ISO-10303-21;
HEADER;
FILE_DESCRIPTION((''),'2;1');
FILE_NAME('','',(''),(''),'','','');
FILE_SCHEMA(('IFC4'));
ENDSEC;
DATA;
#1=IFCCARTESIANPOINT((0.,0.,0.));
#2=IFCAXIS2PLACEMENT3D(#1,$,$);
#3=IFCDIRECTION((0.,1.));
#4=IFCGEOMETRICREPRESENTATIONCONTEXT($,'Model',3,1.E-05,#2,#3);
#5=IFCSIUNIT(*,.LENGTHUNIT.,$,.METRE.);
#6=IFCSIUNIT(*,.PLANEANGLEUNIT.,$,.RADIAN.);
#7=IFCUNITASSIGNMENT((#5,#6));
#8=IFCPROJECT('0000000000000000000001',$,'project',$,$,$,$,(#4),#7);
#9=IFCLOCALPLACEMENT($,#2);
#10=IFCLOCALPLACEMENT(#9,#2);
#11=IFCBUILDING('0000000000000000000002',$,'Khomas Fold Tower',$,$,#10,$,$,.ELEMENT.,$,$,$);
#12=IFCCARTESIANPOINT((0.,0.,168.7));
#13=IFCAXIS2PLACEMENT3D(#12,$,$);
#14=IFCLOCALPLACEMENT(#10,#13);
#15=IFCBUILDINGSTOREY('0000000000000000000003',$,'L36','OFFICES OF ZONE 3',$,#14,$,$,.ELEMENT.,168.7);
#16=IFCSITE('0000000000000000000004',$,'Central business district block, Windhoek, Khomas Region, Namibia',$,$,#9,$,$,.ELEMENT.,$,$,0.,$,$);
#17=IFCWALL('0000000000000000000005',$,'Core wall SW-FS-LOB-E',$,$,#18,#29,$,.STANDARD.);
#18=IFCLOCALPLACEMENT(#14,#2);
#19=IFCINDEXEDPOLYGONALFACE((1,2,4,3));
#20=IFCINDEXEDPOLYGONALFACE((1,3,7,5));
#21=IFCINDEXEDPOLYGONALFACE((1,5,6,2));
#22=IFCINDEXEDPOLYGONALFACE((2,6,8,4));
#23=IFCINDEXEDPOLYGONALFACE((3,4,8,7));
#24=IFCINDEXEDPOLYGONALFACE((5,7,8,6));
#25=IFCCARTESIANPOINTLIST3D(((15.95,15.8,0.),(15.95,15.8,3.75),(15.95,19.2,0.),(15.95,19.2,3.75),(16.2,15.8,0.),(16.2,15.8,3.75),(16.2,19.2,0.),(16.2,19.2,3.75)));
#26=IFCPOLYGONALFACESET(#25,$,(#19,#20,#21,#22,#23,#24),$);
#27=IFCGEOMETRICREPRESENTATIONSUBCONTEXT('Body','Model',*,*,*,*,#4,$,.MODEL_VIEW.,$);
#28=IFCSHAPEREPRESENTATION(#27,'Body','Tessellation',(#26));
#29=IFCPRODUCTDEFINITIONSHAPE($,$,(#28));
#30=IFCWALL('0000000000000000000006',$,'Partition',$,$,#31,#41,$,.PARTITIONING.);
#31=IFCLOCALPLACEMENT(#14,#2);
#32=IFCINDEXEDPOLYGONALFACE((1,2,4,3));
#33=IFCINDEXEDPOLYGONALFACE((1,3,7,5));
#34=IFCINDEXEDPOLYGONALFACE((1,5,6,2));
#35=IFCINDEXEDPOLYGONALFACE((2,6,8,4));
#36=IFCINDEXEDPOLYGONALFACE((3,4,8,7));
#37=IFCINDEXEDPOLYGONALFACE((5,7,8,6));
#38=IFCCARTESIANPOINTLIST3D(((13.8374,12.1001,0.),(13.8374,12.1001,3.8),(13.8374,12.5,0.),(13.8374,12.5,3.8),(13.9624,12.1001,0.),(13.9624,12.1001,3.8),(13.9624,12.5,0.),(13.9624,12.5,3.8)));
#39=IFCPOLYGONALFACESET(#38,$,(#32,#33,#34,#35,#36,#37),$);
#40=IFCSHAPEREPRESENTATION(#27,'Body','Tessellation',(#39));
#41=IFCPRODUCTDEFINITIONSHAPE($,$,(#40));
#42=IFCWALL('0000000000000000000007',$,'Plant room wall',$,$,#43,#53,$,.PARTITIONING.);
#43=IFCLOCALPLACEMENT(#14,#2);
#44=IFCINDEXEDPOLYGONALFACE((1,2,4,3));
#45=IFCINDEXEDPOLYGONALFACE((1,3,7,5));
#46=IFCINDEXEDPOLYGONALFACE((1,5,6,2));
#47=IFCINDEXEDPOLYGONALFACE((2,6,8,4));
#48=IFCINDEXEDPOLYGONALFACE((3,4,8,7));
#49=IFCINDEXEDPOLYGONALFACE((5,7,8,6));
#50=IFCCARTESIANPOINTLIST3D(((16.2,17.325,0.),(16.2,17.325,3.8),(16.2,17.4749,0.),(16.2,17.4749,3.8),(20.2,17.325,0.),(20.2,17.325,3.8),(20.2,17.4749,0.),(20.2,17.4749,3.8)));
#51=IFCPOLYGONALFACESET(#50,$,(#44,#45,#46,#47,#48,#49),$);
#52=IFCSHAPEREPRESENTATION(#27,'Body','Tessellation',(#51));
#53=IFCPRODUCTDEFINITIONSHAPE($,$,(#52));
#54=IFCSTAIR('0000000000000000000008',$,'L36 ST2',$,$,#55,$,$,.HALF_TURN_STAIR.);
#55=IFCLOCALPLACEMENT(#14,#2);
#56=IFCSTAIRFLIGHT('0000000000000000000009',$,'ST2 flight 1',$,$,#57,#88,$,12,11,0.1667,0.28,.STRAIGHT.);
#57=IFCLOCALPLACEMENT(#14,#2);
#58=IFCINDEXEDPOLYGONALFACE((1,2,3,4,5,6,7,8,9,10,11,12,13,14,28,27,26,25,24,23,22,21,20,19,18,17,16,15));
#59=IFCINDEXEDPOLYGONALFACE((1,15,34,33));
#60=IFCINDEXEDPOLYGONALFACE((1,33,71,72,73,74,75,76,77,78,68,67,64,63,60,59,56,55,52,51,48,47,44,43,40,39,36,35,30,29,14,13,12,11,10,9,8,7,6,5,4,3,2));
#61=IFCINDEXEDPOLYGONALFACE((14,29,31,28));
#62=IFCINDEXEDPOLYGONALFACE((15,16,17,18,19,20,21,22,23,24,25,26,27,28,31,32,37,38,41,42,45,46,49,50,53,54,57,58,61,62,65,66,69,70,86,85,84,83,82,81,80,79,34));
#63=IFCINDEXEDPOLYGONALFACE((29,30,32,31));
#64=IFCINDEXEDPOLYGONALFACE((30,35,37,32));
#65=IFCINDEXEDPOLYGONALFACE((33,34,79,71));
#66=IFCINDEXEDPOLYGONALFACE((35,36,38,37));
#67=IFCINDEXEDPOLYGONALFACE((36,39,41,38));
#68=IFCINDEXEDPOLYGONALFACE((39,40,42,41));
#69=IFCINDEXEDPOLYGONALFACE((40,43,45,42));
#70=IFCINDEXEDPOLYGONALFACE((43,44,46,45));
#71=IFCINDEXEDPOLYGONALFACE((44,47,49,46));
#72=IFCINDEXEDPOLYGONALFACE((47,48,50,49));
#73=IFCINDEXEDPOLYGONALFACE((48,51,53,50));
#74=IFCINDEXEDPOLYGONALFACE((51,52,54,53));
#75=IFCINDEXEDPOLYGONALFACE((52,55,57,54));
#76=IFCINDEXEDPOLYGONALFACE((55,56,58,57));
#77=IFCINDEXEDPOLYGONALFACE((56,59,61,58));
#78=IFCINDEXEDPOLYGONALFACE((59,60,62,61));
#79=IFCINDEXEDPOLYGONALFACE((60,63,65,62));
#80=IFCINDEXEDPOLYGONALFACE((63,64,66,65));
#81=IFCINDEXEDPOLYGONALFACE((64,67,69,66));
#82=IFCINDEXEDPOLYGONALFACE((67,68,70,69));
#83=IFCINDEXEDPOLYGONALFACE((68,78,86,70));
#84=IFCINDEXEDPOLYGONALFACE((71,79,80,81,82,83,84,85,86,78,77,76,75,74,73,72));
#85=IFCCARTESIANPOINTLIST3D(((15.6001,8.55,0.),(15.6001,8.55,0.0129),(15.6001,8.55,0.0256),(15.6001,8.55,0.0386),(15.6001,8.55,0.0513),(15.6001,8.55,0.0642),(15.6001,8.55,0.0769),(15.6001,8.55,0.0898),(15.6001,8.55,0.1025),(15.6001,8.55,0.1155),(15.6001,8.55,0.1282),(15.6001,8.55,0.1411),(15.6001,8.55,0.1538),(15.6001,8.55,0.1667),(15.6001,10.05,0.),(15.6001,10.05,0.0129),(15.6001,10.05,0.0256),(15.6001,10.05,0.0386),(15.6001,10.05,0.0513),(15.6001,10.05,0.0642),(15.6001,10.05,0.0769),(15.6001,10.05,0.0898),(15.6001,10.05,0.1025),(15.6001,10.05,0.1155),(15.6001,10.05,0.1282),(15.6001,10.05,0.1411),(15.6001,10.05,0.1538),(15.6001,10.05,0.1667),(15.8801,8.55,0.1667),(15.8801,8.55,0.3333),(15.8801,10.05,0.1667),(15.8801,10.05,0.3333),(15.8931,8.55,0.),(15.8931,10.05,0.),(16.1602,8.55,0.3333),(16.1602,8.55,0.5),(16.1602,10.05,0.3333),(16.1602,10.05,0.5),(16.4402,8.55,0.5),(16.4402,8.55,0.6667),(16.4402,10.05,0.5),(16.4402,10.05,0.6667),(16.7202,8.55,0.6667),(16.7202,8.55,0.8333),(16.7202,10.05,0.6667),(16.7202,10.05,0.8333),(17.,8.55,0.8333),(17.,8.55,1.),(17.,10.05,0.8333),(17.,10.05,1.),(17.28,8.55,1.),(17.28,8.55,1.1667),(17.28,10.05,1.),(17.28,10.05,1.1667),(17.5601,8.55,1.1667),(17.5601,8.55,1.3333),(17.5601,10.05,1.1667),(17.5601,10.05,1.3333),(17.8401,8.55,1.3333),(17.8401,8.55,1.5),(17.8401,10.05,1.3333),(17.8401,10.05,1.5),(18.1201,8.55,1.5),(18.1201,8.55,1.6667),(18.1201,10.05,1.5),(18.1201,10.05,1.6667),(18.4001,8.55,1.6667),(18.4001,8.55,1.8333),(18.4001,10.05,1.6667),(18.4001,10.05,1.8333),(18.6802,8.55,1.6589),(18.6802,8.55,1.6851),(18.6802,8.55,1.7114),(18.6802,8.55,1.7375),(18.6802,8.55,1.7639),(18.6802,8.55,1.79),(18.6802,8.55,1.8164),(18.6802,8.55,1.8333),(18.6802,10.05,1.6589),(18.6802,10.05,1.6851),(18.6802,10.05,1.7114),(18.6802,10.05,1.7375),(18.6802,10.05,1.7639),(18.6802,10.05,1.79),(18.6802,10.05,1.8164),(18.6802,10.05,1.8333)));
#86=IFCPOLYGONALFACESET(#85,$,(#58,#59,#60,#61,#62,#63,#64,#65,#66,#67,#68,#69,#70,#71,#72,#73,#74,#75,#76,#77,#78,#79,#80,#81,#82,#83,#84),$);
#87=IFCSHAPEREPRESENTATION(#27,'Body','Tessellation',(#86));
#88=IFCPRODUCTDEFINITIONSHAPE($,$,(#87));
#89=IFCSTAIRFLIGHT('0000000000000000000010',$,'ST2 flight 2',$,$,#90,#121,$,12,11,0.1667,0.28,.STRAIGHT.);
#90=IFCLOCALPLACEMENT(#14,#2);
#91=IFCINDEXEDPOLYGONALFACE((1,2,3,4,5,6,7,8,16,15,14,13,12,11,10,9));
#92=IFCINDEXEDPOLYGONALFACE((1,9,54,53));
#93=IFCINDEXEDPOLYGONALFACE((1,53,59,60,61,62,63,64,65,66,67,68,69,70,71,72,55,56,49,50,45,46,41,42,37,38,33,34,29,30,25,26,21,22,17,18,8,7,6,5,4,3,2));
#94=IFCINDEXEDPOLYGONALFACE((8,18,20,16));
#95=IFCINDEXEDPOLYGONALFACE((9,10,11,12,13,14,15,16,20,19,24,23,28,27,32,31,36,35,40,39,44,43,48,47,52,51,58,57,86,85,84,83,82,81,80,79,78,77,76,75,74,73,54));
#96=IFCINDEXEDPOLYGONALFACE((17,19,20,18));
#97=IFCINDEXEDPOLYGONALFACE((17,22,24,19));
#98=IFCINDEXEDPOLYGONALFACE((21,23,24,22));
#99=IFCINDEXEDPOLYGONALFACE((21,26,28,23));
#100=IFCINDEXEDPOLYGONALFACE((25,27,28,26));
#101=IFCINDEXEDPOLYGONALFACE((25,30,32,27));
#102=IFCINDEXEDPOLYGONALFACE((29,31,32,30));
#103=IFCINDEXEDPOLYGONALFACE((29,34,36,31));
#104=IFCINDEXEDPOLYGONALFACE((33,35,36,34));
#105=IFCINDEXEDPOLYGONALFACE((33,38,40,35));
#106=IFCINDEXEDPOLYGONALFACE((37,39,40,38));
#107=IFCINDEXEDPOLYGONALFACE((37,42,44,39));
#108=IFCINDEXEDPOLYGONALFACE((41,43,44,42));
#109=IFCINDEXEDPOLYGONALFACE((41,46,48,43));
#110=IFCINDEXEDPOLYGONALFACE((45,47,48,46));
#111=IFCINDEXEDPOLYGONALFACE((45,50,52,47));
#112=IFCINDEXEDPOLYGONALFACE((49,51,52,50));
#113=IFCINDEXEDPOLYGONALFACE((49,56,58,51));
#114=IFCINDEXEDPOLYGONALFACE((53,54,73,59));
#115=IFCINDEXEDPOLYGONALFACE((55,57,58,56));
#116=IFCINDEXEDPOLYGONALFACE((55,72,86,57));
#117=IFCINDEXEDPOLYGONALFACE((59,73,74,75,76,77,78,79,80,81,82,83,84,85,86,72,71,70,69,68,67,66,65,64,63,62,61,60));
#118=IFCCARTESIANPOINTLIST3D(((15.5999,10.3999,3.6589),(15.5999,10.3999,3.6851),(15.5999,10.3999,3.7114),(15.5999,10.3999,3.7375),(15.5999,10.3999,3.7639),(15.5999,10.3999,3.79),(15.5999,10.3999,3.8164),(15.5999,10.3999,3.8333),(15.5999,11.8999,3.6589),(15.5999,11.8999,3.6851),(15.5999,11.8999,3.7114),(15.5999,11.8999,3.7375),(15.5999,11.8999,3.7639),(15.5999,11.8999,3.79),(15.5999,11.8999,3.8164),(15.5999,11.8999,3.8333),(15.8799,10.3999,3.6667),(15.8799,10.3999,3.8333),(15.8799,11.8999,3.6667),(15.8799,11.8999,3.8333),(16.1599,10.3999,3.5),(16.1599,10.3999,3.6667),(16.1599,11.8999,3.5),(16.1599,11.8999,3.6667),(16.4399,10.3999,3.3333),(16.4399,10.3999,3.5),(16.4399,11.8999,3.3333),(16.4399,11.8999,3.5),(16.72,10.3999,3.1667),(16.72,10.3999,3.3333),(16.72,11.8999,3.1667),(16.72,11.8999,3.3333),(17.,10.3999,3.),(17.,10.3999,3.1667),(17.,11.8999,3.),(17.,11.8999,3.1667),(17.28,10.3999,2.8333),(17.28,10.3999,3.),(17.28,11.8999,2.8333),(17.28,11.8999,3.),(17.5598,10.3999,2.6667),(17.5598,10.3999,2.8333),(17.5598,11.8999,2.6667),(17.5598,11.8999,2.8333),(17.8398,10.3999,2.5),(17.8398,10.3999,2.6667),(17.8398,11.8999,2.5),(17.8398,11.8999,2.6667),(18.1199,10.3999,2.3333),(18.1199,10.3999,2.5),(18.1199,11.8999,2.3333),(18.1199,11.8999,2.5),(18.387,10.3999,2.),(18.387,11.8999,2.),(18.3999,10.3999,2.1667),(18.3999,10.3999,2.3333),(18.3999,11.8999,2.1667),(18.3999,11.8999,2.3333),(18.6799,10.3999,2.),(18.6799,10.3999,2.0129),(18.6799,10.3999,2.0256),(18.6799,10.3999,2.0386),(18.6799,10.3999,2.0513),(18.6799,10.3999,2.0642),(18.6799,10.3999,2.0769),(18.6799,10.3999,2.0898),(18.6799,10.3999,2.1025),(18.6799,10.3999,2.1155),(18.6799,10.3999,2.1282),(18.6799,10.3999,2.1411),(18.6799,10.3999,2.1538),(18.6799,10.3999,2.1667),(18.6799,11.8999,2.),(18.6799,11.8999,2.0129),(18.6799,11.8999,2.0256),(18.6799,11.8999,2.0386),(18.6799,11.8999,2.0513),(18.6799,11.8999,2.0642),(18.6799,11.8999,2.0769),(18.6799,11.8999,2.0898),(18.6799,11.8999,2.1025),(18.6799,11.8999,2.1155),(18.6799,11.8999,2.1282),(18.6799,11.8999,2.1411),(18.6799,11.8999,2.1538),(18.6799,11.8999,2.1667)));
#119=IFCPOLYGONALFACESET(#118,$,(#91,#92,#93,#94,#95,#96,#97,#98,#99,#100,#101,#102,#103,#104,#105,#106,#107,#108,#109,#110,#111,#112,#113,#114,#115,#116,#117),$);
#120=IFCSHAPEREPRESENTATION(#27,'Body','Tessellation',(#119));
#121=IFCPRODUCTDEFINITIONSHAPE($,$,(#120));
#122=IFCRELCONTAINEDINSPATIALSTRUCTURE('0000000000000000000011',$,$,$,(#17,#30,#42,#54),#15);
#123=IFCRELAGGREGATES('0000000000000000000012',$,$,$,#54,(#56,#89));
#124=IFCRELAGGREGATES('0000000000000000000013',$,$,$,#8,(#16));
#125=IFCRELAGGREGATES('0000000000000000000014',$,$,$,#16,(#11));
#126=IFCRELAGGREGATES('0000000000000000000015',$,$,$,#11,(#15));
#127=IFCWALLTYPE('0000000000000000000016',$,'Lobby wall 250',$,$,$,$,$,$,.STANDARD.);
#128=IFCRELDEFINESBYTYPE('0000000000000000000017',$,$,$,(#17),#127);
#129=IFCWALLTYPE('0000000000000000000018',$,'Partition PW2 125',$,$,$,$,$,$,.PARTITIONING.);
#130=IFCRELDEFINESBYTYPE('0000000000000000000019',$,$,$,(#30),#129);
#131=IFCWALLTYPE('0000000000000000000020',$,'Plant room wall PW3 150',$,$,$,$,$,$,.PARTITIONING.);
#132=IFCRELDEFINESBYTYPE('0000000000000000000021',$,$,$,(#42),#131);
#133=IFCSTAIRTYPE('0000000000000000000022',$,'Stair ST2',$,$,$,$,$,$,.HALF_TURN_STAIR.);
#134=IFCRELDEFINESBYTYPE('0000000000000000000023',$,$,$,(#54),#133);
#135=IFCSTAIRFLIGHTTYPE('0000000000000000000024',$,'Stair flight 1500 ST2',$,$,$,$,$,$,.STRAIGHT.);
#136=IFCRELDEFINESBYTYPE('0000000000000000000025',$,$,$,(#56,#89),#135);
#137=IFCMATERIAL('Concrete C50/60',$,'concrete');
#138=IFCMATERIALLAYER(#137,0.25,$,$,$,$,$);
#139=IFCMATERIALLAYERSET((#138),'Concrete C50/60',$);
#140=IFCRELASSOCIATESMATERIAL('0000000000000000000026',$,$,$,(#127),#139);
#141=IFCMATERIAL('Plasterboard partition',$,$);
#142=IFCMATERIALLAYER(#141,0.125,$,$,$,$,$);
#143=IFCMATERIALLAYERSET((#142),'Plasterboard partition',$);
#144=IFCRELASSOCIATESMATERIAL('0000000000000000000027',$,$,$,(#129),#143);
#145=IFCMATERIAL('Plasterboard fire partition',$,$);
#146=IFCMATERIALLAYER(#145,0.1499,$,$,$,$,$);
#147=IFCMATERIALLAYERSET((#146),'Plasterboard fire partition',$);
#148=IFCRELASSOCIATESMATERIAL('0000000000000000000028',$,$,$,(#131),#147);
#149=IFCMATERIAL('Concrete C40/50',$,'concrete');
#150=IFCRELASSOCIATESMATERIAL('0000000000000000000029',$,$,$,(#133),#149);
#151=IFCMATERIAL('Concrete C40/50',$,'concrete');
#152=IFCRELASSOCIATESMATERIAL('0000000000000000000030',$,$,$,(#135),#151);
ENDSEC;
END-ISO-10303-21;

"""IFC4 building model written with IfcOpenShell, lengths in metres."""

from ifc_helpers import new_model, si_unit, direction, frame, frame_2d, origin, place, context, subcontext, project, spatial, polyline, rectangle, outline, extrude, source, transform, mapped, material, layer, layer_set, type_object, element, aggregate, save


model = new_model("IFC4")

# Units and contexts
model_context = context("Model", 3, precision=1e-05, world=origin(), true_north=direction((0.0, 1.0)))
body_context = subcontext(model_context, "Body", "Model", "MODEL_VIEW")
ifc_project = project(units=[si_unit("LENGTHUNIT", "METRE"), si_unit("PLANEANGLEUNIT", "RADIAN")], contexts=[model_context])

# Site, building, storey
site_placement = place(None, origin())
site = spatial("IfcSite", under=ifc_project, at=site_placement, Name="Central business district block, Windhoek, Khomas Region, Namibia", CompositionType="ELEMENT", RefElevation=0.0)
building_placement = place(site_placement, origin())
building = spatial("IfcBuilding", under=site, at=building_placement, Name="Khomas Fold Tower", CompositionType="ELEMENT")
storey_placement = place(building_placement, frame((0.0, 0.0, 168.7)))
storey = spatial("IfcBuildingStorey", under=building, at=storey_placement, Name="L36", Description="OFFICES OF ZONE 3", CompositionType="ELEMENT", Elevation=168.7)

# Walls
ifc_material_1 = material(Name="Concrete C50/60", Category="concrete")
ifc_layer_1 = layer(ifc_material_1, 0.25)
ifc_layer_set_1 = layer_set([ifc_layer_1], Name="Concrete C50/60")
wall_type_1 = type_object("IfcWallType", Name="Lobby wall 250", PredefinedType="STANDARD", material=ifc_layer_set_1)
shared_shape_1 = source(origin(), body_context, "Body", "SweptSolid", [
    extrude(rectangle(XDim=3.3999, YDim=0.25, at=frame_2d((1.7, 0.0))), origin(), (0.0, 0.0, 1.0), 3.75),
])
wall_1_placement = place(storey_placement, frame((16.075, 15.8, 0.0), z_axis=(0.0, 0.0, 1.0), x_axis=(0.0, 1.0, 0.0)))
element("IfcWall", 1, at=wall_1_placement, inside=storey, type_object=wall_type_1, Name="Core wall SW-FS-LOB-E", PredefinedType="STANDARD", context=body_context, shape_type="MappedRepresentation", body=[
    mapped(shared_shape_1, transform((0.0, 0.0, 0.0))),
])
ifc_material_2 = material(Name="Plasterboard partition")
ifc_layer_2 = layer(ifc_material_2, 0.125)
ifc_layer_set_2 = layer_set([ifc_layer_2], Name="Plasterboard partition")
wall_type_2 = type_object("IfcWallType", Name="Partition PW2 125", PredefinedType="PARTITIONING", material=ifc_layer_set_2)
shared_shape_2 = source(origin(), body_context, "Body", "SweptSolid", [
    extrude(rectangle(XDim=0.3999, YDim=0.125, at=frame_2d((0.2, 0.0))), origin(), (0.0, 0.0, 1.0), 3.8),
])
wall_2_placement = place(storey_placement, frame((13.8999, 12.1001, 0.0), z_axis=(0.0, 0.0, 1.0), x_axis=(0.0, 1.0, 0.0)))
element("IfcWall", 2, at=wall_2_placement, inside=storey, type_object=wall_type_2, Name="Partition", PredefinedType="PARTITIONING", context=body_context, shape_type="MappedRepresentation", body=[
    mapped(shared_shape_2, transform((0.0, 0.0, 0.0))),
])
ifc_material_3 = material(Name="Plasterboard fire partition")
ifc_layer_3 = layer(ifc_material_3, 0.1499)
ifc_layer_set_3 = layer_set([ifc_layer_3], Name="Plasterboard fire partition")
wall_type_3 = type_object("IfcWallType", Name="Plant room wall PW3 150", PredefinedType="PARTITIONING", material=ifc_layer_set_3)
shared_shape_3 = source(origin(), body_context, "Body", "SweptSolid", [
    extrude(rectangle(XDim=4.0, YDim=0.1499, at=frame_2d((2.0, 0.0))), origin(), (0.0, 0.0, 1.0), 3.8),
])
wall_3_placement = place(storey_placement, frame((16.2, 17.3999, 0.0), z_axis=(0.0, 0.0, 1.0), x_axis=(1.0, 0.0, 0.0)))
element("IfcWall", 3, at=wall_3_placement, inside=storey, type_object=wall_type_3, Name="Plant room wall", PredefinedType="PARTITIONING", context=body_context, shape_type="MappedRepresentation", body=[
    mapped(shared_shape_3, transform((0.0, 0.0, 0.0))),
])

# Stair, stair flights
ifc_material_4 = material(Name="Concrete C40/50", Category="concrete")
stair_type = type_object("IfcStairType", Name="Stair ST2", PredefinedType="HALF_TURN_STAIR", material=ifc_material_4)
stair_placement = place(storey_placement, origin())
stair = element("IfcStair", 4, at=stair_placement, inside=storey, type_object=stair_type, Name="L36 ST2", PredefinedType="HALF_TURN_STAIR")
ifc_material_5 = material(Name="Concrete C40/50", Category="concrete")
stair_flight_type = type_object("IfcStairFlightType", Name="Stair flight 1500 ST2", PredefinedType="STRAIGHT", material=ifc_material_5)
shared_shape_4 = source(origin(), body_context, "Body", "SweptSolid", [
    extrude(outline(polyline([(0.0, 0.0), (0.0, 0.0129), (0.0, 0.0256), (0.0, 0.0386), (0.0, 0.0513), (0.0, 0.0642), (0.0, 0.0769), (0.0, 0.0898), (0.0, 0.1025), (0.0, 0.1155), (0.0, 0.1282), (0.0, 0.1411), (0.0, 0.1538), (0.0, 0.1667), (0.28, 0.1667), (0.28, 0.3333), (0.5601, 0.3333), (0.5601, 0.5), (0.8401, 0.5), (0.8401, 0.6667), (1.1201, 0.6667), (1.1201, 0.8333), (1.3999, 0.8333), (1.3999, 1.0), (1.6799, 1.0), (1.6799, 1.1667), (1.96, 1.1667), (1.96, 1.3333), (2.24, 1.3333), (2.24, 1.5), (2.52, 1.5), (2.52, 1.6667), (2.8, 1.6667), (2.8, 1.8333), (3.0801, 1.8333), (3.0801, 2.0), (3.0801, 1.9739), (3.0801, 1.9475), (3.0801, 1.9214), (3.0801, 1.895), (3.0801, 1.8689), (3.0801, 1.8425), (3.0801, 1.8164), (3.0801, 1.79), (3.0801, 1.7639), (3.0801, 1.7375), (3.0801, 1.7114), (3.0801, 1.6851), (3.0801, 1.6589), (0.293, 0.0), (0.0, 0.0)])), frame((0.0, 0.75, 0.0), z_axis=(0.0, -1.0, 0.0), x_axis=(1.0, 0.0, 0.0)), (0.0, 0.0, 1.0), 1.5),
])
stair_flight_1_placement = place(storey_placement, frame((15.6001, 9.3, 0.0), z_axis=(0.0, 0.0, 1.0), x_axis=(1.0, 0.0, 0.0)))
stair_flight_1 = element("IfcStairFlight", 5, at=stair_flight_1_placement, type_object=stair_flight_type, Name="ST2 flight 1", NumberOfRisers=12, NumberOfTreads=11, PredefinedType="STRAIGHT", RiserHeight=0.1667, TreadLength=0.28, context=body_context, shape_type="MappedRepresentation", body=[
    mapped(shared_shape_4, transform((0.0, 0.0, 0.0))),
])
stair_flight_2_placement = place(storey_placement, frame((18.6799, 11.1499, 2.0), z_axis=(0.0, 0.0, 1.0), x_axis=(-1.0, 0.0, 0.0)))
stair_flight_2 = element("IfcStairFlight", 6, at=stair_flight_2_placement, type_object=stair_flight_type, Name="ST2 flight 2", NumberOfRisers=12, NumberOfTreads=11, PredefinedType="STRAIGHT", RiserHeight=0.1667, TreadLength=0.28, context=body_context, shape_type="MappedRepresentation", body=[
    mapped(shared_shape_4, transform((0.0, 0.0, 0.0))),
])
aggregate(stair, [stair_flight_1, stair_flight_2])

save(model, "model.ifc")
